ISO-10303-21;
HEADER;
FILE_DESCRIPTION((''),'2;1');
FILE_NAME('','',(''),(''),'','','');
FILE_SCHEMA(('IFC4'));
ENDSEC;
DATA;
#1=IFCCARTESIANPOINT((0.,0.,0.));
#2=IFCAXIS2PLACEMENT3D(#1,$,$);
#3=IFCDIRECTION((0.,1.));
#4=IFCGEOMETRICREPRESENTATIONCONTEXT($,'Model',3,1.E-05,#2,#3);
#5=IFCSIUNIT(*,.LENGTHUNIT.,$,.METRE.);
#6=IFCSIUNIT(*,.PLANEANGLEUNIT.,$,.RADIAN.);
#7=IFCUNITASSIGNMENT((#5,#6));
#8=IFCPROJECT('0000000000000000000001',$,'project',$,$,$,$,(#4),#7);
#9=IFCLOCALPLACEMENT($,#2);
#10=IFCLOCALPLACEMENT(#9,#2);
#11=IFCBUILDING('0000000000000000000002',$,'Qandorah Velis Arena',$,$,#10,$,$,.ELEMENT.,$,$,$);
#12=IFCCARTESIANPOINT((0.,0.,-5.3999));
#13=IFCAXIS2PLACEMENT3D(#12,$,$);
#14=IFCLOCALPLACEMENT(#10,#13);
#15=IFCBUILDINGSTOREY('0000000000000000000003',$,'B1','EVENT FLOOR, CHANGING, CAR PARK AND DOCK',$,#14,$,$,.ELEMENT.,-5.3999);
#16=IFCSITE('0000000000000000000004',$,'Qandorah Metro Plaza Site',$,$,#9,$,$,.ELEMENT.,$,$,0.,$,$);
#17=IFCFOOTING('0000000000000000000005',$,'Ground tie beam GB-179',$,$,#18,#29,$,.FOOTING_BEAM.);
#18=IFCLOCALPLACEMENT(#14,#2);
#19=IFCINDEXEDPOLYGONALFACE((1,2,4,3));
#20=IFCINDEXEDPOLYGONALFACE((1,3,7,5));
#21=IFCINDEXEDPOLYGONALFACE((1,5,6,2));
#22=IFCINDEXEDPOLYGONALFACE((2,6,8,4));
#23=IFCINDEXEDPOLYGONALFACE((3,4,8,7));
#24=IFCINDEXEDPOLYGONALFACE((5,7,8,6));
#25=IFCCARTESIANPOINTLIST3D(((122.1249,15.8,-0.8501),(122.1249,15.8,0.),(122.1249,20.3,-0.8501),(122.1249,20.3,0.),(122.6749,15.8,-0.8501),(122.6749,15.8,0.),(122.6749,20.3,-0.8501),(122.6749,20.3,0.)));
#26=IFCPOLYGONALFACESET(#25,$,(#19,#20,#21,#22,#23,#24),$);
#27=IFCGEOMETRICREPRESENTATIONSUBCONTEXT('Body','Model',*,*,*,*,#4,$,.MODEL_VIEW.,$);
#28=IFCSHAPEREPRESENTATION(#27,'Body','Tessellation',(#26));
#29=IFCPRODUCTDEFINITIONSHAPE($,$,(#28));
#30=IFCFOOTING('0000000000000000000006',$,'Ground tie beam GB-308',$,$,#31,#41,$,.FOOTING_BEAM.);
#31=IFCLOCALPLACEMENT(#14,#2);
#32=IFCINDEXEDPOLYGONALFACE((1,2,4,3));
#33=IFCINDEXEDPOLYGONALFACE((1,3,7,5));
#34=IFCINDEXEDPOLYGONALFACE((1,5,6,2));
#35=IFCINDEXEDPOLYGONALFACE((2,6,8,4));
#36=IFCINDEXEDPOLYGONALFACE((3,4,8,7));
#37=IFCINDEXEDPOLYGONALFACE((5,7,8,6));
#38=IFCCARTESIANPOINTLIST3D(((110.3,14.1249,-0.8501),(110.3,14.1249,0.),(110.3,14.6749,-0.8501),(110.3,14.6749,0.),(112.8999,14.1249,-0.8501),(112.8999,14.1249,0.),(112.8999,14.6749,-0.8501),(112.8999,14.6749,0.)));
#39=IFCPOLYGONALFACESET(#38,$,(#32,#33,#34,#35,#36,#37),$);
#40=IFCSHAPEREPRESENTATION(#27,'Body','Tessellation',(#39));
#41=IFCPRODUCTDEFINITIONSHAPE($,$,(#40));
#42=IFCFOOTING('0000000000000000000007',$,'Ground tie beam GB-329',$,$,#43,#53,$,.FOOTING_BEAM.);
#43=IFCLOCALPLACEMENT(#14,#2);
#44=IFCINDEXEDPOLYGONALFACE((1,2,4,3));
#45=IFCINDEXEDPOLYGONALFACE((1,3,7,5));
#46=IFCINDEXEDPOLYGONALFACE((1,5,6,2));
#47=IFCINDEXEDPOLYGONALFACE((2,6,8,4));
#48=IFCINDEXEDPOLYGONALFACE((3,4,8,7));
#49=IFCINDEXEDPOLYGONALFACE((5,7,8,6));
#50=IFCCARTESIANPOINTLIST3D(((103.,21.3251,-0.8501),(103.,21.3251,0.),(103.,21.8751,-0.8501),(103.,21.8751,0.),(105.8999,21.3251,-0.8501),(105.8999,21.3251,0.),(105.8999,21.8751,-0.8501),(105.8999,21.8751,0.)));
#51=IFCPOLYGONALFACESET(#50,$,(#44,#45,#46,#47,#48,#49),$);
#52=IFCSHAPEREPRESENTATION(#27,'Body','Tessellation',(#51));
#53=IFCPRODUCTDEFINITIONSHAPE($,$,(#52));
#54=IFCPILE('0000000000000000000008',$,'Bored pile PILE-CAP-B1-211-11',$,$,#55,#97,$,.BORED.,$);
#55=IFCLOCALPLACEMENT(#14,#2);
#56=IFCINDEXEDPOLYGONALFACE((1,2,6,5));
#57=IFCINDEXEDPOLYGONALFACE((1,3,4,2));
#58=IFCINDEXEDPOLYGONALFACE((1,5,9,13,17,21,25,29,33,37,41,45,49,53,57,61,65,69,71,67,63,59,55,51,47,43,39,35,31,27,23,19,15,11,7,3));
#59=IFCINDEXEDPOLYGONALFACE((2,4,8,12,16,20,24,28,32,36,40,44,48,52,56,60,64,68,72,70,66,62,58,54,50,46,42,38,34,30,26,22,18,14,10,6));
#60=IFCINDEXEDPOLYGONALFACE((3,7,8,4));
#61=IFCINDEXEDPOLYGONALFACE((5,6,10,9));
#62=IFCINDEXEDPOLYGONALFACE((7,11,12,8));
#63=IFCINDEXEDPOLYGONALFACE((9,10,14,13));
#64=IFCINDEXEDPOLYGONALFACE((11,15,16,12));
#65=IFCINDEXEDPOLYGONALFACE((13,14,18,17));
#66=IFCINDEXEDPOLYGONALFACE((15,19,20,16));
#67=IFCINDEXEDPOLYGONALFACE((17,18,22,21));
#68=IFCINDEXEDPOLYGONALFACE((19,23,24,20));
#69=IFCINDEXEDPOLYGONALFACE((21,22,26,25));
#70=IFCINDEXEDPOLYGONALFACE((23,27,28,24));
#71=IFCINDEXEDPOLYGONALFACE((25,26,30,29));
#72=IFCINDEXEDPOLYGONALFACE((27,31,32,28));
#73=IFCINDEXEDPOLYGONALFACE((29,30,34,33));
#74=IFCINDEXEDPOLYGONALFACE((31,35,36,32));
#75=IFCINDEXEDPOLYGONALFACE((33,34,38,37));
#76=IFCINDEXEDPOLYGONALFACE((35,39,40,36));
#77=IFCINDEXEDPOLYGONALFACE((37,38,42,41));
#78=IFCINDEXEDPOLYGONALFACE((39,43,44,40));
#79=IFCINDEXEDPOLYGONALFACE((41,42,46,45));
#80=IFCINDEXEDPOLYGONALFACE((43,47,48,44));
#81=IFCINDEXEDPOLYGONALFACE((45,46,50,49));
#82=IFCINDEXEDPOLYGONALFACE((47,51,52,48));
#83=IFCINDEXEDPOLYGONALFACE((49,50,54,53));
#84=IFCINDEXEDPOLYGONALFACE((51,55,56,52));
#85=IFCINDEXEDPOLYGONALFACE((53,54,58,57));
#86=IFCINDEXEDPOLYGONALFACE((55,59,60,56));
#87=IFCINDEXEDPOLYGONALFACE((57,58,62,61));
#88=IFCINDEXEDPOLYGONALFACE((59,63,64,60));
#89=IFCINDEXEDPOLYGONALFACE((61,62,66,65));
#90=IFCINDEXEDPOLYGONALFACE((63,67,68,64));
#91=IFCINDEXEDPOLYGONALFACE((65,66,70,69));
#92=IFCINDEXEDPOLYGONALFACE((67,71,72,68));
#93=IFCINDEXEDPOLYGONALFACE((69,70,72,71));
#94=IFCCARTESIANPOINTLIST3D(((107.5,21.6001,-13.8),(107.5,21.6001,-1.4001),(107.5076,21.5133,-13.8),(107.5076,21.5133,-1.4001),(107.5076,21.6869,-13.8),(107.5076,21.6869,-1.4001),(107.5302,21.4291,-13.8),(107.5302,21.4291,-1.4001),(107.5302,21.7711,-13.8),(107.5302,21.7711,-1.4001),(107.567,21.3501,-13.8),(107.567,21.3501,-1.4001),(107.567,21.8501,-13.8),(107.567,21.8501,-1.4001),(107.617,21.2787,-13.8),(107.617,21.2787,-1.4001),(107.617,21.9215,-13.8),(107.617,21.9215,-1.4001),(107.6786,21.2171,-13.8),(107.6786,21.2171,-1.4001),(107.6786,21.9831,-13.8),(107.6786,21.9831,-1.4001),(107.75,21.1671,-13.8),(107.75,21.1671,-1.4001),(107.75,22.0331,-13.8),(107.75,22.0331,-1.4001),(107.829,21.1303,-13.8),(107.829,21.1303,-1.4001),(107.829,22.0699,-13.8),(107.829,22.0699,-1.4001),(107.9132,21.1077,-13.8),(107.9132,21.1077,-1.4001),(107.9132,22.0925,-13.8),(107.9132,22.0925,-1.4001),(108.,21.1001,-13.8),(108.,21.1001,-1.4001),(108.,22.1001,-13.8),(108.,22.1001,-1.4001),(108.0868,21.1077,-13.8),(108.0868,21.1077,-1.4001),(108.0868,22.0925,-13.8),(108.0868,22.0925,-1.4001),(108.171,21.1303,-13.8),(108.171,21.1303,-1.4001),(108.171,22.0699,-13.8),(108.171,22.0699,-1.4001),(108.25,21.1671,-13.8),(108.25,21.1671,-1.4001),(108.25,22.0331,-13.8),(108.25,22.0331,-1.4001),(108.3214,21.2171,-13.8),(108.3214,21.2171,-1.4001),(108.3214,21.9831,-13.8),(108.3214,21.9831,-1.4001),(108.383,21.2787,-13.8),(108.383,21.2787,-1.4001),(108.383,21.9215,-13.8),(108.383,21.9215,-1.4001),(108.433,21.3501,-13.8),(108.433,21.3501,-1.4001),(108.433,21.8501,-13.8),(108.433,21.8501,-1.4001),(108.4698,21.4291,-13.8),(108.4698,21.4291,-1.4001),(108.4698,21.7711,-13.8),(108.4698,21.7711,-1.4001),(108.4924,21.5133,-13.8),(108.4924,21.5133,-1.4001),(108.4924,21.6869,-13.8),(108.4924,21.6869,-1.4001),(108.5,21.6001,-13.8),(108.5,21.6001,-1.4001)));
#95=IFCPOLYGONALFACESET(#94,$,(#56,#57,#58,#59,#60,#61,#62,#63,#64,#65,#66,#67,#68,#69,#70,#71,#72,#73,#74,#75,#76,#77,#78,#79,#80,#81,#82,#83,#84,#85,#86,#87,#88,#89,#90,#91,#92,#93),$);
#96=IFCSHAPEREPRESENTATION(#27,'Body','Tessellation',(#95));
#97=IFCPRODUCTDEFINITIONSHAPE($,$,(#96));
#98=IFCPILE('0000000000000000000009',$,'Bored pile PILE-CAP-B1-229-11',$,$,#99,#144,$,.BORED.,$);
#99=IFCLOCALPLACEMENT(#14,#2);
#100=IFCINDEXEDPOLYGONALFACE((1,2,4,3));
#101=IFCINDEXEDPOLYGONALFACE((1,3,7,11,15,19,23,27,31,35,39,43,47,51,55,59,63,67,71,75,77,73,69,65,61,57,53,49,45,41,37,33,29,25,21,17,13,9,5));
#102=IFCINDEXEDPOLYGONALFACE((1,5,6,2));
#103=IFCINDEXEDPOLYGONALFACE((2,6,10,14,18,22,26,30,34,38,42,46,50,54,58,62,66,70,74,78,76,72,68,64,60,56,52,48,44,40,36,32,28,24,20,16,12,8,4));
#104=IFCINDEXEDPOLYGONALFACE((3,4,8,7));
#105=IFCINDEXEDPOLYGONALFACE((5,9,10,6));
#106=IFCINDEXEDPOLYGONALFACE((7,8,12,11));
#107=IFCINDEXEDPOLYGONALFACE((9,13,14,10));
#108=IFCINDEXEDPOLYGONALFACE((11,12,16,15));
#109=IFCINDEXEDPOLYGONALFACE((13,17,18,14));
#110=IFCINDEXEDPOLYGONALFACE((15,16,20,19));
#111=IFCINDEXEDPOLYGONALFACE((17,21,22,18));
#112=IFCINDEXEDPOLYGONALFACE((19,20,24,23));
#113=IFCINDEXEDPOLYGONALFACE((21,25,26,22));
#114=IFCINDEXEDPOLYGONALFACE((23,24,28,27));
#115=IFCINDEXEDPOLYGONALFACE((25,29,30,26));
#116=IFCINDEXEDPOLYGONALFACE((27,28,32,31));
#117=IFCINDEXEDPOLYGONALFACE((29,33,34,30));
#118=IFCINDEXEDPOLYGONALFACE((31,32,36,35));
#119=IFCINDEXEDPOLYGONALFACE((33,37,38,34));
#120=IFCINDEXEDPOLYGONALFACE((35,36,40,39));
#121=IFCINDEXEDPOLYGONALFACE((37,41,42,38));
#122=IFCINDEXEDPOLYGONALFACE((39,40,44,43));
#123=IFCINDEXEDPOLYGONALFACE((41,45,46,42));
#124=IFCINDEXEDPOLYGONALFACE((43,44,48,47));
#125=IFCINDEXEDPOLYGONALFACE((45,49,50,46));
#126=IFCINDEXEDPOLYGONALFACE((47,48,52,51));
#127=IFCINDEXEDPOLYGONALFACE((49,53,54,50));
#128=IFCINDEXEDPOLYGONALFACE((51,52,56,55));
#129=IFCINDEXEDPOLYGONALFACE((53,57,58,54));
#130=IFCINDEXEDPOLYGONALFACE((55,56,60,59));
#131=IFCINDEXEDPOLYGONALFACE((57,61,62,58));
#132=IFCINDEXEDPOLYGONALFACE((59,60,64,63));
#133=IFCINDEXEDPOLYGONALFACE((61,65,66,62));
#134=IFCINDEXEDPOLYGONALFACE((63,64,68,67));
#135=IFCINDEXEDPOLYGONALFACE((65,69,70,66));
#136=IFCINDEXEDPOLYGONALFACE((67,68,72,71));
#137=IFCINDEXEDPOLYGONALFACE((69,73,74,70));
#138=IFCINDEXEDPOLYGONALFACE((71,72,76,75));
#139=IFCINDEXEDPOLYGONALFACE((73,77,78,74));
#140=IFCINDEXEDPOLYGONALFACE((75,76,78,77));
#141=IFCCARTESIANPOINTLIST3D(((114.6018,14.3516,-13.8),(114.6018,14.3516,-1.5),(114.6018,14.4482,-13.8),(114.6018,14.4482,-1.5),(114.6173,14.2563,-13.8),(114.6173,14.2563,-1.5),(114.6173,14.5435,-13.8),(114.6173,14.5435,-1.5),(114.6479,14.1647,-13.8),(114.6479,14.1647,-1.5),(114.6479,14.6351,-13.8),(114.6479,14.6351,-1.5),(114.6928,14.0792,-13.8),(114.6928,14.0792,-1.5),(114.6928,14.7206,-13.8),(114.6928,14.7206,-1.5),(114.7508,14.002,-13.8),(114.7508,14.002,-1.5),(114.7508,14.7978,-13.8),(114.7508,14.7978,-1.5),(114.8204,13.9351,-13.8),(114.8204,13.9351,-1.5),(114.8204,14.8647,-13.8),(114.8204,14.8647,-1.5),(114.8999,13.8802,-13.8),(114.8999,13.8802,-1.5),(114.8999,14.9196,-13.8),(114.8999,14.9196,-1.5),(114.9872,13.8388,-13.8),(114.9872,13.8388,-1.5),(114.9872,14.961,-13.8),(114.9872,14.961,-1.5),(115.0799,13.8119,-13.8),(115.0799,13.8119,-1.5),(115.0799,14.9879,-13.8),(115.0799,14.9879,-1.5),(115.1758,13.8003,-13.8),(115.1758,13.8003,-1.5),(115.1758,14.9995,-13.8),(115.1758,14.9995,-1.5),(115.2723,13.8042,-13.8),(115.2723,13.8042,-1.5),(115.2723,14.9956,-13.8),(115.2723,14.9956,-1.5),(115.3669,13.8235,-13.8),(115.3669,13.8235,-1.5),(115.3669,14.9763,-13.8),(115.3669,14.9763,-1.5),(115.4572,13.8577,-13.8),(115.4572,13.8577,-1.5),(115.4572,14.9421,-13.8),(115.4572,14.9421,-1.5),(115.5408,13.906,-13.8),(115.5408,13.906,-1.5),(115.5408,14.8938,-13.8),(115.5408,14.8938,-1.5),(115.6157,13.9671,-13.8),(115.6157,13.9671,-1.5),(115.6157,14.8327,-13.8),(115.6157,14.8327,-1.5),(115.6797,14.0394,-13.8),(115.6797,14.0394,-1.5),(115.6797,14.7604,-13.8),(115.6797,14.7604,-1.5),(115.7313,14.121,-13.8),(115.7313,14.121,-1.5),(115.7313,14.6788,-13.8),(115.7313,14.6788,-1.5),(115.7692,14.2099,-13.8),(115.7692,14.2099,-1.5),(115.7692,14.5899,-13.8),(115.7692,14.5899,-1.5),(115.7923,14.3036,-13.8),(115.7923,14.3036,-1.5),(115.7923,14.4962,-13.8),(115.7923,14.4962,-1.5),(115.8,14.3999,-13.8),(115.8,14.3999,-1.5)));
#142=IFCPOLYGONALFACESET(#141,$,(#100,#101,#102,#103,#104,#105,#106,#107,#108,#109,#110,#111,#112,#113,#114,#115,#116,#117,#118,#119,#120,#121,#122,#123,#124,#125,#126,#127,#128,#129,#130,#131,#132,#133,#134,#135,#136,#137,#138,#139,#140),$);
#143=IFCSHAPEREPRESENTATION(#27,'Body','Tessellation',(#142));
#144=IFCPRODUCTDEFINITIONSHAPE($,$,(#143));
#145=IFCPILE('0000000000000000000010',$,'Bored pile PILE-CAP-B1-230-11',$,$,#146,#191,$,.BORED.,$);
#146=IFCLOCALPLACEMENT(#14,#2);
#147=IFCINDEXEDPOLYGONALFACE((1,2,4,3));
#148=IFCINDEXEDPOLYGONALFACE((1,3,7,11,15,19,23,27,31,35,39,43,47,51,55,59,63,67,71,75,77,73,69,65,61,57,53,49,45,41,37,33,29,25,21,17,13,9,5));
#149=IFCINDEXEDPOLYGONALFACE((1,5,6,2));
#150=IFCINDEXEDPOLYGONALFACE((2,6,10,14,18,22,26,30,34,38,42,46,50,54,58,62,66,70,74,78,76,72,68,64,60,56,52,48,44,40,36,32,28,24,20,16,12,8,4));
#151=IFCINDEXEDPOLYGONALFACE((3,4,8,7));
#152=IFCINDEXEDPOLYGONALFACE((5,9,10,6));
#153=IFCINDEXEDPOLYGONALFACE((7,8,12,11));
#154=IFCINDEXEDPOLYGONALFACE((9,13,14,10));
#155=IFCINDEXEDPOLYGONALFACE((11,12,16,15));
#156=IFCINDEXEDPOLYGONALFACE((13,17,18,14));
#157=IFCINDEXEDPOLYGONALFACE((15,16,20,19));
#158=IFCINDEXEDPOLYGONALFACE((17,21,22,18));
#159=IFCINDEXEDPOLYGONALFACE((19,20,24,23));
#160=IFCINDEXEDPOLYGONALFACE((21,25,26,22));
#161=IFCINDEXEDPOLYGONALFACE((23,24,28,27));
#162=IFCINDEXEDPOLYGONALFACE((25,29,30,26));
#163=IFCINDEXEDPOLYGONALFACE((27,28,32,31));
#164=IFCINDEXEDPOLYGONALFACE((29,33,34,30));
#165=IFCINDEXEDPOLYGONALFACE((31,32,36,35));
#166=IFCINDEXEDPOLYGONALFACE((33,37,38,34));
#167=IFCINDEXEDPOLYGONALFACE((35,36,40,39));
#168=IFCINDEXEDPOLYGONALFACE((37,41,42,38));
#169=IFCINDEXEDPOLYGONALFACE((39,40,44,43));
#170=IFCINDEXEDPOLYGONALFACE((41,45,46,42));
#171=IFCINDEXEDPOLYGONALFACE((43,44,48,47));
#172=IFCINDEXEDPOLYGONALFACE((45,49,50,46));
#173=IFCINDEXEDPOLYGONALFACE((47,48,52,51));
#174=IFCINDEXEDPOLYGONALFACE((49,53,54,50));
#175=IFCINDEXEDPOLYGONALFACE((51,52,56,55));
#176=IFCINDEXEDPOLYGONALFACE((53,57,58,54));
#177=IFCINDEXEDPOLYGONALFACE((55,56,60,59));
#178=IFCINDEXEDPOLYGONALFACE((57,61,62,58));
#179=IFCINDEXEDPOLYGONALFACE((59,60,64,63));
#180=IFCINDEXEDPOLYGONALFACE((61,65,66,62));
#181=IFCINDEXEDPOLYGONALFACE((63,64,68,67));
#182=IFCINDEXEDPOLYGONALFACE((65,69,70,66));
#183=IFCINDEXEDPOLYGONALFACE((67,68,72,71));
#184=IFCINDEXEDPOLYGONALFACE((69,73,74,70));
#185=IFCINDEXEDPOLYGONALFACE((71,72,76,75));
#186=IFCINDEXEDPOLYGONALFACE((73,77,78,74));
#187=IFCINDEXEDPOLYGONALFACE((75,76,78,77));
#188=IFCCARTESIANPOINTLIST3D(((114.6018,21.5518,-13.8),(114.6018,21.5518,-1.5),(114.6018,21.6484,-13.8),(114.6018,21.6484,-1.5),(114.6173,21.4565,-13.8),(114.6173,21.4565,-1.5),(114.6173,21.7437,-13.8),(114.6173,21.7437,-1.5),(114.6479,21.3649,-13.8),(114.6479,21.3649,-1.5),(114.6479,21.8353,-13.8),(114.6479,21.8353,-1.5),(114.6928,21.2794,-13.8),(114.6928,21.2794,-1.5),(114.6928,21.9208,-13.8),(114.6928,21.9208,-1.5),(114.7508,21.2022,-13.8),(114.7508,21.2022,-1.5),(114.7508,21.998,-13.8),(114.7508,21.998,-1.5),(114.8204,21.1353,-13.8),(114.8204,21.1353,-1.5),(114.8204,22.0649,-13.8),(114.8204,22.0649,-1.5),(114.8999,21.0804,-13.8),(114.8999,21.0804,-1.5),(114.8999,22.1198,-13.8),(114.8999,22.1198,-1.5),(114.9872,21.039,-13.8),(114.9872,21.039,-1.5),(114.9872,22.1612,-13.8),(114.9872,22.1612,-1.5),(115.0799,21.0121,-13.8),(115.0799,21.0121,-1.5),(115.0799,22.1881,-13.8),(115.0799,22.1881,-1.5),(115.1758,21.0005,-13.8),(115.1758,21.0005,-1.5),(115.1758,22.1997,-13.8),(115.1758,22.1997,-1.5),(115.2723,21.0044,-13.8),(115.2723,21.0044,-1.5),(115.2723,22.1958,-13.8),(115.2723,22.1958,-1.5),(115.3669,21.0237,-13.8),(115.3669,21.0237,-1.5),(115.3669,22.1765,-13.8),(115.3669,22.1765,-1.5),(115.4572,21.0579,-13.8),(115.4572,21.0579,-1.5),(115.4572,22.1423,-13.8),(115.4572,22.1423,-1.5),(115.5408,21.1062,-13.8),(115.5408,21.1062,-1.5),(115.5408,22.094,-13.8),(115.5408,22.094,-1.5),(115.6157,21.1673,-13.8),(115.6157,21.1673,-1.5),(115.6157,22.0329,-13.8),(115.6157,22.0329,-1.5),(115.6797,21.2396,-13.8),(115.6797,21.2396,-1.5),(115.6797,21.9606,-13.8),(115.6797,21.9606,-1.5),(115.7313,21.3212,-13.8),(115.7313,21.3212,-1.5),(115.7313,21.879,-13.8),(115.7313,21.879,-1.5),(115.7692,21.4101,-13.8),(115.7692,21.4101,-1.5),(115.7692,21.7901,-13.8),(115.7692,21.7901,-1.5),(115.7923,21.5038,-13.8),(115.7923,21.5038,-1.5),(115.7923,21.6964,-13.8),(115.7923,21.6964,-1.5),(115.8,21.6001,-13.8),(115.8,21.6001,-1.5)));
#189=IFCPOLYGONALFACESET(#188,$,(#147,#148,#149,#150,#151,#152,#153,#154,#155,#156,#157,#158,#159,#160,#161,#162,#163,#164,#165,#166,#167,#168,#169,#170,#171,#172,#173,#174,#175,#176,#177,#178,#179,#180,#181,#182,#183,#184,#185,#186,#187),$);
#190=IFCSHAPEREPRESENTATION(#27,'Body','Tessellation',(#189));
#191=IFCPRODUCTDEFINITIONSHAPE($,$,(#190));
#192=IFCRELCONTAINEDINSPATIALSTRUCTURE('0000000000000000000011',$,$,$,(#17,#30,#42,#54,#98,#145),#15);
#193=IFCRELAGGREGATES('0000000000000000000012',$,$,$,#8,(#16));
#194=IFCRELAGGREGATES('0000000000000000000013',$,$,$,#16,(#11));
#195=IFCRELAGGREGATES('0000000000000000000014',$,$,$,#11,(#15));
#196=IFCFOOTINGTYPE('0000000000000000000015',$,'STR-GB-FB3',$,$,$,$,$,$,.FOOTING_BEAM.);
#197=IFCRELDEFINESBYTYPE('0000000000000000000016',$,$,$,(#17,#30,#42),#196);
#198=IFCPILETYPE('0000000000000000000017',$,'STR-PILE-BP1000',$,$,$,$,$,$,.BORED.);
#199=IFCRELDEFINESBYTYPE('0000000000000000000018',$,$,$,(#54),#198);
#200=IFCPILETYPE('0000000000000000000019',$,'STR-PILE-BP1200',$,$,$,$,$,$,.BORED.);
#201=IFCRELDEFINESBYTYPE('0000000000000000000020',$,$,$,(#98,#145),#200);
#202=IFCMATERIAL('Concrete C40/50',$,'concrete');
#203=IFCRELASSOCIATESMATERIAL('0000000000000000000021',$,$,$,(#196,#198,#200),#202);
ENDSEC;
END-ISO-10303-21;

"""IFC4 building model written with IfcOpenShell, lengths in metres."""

from ifc_helpers import new_model, si_unit, direction, frame, origin, origin_2d, place, context, subcontext, project, spatial, rectangle, circle, extrude, material, material_profile, profile_set, type_object, element, save


model = new_model("IFC4")

# Units and contexts
model_context = context("Model", 3, precision=1e-05, world=origin(), true_north=direction((0.0, 1.0)))
body_context = subcontext(model_context, "Body", "Model", "MODEL_VIEW")
ifc_project = project(units=[si_unit("LENGTHUNIT", "METRE"), si_unit("PLANEANGLEUNIT", "RADIAN")], contexts=[model_context])

# Site, building, storey
site_placement = place(None, origin())
site = spatial("IfcSite", under=ifc_project, at=site_placement, Name="Qandorah Metro Plaza Site", CompositionType="ELEMENT", RefElevation=0.0)
building_placement = place(site_placement, origin())
building = spatial("IfcBuilding", under=site, at=building_placement, Name="Qandorah Velis Arena", CompositionType="ELEMENT")
storey_placement = place(building_placement, frame((0.0, 0.0, -5.3999)))
storey = spatial("IfcBuildingStorey", under=building, at=storey_placement, Name="B1", Description="EVENT FLOOR, CHANGING, CAR PARK AND DOCK", CompositionType="ELEMENT", Elevation=-5.3999)

# Footings
ifc_material_1 = material(Name="Concrete C40/50", Category="concrete")
ifc_material_profile_1 = material_profile(ifc_material_1, rectangle(XDim=0.55, YDim=0.8501, at=origin_2d()), Name="GB3 550x850")
ifc_profile_set_1 = profile_set([ifc_material_profile_1], Name="Concrete C40/50")
footing_type_1 = type_object("IfcFootingType", Name="STR-GB-FB3", PredefinedType="FOOTING_BEAM", material=ifc_profile_set_1)
footing_1_placement = place(storey_placement, frame((122.3999, 15.8, -0.425), z_axis=(0.0, 1.0, 0.0), x_axis=(-1.0, 0.0, 0.0)))
element("IfcFooting", 1, at=footing_1_placement, inside=storey, type_object=footing_type_1, Name="Ground tie beam GB-179", PredefinedType="FOOTING_BEAM", context=body_context, shape_type="SweptSolid", body=[
    extrude(rectangle(XDim=0.55, YDim=0.8501, at=origin_2d()), origin(), (0.0, 0.0, 1.0), 4.5),
])
footing_2_placement = place(storey_placement, frame((110.3, 14.3999, -0.425), z_axis=(1.0, 0.0, 0.0), x_axis=(0.0, 1.0, 0.0)))
element("IfcFooting", 2, at=footing_2_placement, inside=storey, type_object=footing_type_1, Name="Ground tie beam GB-308", PredefinedType="FOOTING_BEAM", context=body_context, shape_type="SweptSolid", body=[
    extrude(rectangle(XDim=0.55, YDim=0.8501, at=origin_2d()), origin(), (0.0, 0.0, 1.0), 2.5999),
])
footing_3_placement = place(storey_placement, frame((103.0, 21.6001, -0.425), z_axis=(1.0, 0.0, 0.0), x_axis=(0.0, 1.0, 0.0)))
element("IfcFooting", 3, at=footing_3_placement, inside=storey, type_object=footing_type_1, Name="Ground tie beam GB-329", PredefinedType="FOOTING_BEAM", context=body_context, shape_type="SweptSolid", body=[
    extrude(rectangle(XDim=0.55, YDim=0.8501, at=origin_2d()), origin(), (0.0, 0.0, 1.0), 2.8999),
])

# Piles
ifc_material_profile_2 = material_profile(ifc_material_1, circle(Radius=0.5, at=origin_2d()), Name="BORED PILE D1000")
ifc_profile_set_2 = profile_set([ifc_material_profile_2], Name="Concrete C40/50")
pile_type_1 = type_object("IfcPileType", Name="STR-PILE-BP1000", PredefinedType="BORED", material=ifc_profile_set_2)
pile_1_placement = place(storey_placement, frame((108.0, 21.6001, -1.4001), z_axis=(0.0, 0.0, -1.0), x_axis=(1.0, 0.0, 0.0)))
element("IfcPile", 4, at=pile_1_placement, inside=storey, type_object=pile_type_1, Name="Bored pile PILE-CAP-B1-211-11", PredefinedType="BORED", context=body_context, shape_type="SweptSolid", body=[
    extrude(circle(Radius=0.5, at=origin_2d()), origin(), (0.0, 0.0, 1.0), 12.3999),
])
ifc_material_profile_3 = material_profile(ifc_material_1, circle(Radius=0.6001, at=origin_2d()), Name="BORED PILE D1200")
ifc_profile_set_3 = profile_set([ifc_material_profile_3], Name="Concrete C40/50")
pile_type_2 = type_object("IfcPileType", Name="STR-PILE-BP1200", PredefinedType="BORED", material=ifc_profile_set_3)
for number, where, z_axis, x_axis, name in (
    (5, (115.2, 14.3999, -1.5), (0.0, 0.0, -1.0), (1.0, 0.0, 0.0), "Bored pile PILE-CAP-B1-229-11"),
    (6, (115.2, 21.6001, -1.5), (0.0, 0.0, -1.0), (1.0, 0.0, 0.0), "Bored pile PILE-CAP-B1-230-11"),
):
    element("IfcPile", number, at=place(storey_placement, frame(where, z_axis=z_axis, x_axis=x_axis)), inside=storey, type_object=pile_type_2, Name=name, PredefinedType="BORED", context=body_context, shape_type="SweptSolid", body=[
        extrude(circle(Radius=0.6001, at=origin_2d()), origin(), (0.0, 0.0, 1.0), 12.3),
    ])

save(model, "model.ifc")
